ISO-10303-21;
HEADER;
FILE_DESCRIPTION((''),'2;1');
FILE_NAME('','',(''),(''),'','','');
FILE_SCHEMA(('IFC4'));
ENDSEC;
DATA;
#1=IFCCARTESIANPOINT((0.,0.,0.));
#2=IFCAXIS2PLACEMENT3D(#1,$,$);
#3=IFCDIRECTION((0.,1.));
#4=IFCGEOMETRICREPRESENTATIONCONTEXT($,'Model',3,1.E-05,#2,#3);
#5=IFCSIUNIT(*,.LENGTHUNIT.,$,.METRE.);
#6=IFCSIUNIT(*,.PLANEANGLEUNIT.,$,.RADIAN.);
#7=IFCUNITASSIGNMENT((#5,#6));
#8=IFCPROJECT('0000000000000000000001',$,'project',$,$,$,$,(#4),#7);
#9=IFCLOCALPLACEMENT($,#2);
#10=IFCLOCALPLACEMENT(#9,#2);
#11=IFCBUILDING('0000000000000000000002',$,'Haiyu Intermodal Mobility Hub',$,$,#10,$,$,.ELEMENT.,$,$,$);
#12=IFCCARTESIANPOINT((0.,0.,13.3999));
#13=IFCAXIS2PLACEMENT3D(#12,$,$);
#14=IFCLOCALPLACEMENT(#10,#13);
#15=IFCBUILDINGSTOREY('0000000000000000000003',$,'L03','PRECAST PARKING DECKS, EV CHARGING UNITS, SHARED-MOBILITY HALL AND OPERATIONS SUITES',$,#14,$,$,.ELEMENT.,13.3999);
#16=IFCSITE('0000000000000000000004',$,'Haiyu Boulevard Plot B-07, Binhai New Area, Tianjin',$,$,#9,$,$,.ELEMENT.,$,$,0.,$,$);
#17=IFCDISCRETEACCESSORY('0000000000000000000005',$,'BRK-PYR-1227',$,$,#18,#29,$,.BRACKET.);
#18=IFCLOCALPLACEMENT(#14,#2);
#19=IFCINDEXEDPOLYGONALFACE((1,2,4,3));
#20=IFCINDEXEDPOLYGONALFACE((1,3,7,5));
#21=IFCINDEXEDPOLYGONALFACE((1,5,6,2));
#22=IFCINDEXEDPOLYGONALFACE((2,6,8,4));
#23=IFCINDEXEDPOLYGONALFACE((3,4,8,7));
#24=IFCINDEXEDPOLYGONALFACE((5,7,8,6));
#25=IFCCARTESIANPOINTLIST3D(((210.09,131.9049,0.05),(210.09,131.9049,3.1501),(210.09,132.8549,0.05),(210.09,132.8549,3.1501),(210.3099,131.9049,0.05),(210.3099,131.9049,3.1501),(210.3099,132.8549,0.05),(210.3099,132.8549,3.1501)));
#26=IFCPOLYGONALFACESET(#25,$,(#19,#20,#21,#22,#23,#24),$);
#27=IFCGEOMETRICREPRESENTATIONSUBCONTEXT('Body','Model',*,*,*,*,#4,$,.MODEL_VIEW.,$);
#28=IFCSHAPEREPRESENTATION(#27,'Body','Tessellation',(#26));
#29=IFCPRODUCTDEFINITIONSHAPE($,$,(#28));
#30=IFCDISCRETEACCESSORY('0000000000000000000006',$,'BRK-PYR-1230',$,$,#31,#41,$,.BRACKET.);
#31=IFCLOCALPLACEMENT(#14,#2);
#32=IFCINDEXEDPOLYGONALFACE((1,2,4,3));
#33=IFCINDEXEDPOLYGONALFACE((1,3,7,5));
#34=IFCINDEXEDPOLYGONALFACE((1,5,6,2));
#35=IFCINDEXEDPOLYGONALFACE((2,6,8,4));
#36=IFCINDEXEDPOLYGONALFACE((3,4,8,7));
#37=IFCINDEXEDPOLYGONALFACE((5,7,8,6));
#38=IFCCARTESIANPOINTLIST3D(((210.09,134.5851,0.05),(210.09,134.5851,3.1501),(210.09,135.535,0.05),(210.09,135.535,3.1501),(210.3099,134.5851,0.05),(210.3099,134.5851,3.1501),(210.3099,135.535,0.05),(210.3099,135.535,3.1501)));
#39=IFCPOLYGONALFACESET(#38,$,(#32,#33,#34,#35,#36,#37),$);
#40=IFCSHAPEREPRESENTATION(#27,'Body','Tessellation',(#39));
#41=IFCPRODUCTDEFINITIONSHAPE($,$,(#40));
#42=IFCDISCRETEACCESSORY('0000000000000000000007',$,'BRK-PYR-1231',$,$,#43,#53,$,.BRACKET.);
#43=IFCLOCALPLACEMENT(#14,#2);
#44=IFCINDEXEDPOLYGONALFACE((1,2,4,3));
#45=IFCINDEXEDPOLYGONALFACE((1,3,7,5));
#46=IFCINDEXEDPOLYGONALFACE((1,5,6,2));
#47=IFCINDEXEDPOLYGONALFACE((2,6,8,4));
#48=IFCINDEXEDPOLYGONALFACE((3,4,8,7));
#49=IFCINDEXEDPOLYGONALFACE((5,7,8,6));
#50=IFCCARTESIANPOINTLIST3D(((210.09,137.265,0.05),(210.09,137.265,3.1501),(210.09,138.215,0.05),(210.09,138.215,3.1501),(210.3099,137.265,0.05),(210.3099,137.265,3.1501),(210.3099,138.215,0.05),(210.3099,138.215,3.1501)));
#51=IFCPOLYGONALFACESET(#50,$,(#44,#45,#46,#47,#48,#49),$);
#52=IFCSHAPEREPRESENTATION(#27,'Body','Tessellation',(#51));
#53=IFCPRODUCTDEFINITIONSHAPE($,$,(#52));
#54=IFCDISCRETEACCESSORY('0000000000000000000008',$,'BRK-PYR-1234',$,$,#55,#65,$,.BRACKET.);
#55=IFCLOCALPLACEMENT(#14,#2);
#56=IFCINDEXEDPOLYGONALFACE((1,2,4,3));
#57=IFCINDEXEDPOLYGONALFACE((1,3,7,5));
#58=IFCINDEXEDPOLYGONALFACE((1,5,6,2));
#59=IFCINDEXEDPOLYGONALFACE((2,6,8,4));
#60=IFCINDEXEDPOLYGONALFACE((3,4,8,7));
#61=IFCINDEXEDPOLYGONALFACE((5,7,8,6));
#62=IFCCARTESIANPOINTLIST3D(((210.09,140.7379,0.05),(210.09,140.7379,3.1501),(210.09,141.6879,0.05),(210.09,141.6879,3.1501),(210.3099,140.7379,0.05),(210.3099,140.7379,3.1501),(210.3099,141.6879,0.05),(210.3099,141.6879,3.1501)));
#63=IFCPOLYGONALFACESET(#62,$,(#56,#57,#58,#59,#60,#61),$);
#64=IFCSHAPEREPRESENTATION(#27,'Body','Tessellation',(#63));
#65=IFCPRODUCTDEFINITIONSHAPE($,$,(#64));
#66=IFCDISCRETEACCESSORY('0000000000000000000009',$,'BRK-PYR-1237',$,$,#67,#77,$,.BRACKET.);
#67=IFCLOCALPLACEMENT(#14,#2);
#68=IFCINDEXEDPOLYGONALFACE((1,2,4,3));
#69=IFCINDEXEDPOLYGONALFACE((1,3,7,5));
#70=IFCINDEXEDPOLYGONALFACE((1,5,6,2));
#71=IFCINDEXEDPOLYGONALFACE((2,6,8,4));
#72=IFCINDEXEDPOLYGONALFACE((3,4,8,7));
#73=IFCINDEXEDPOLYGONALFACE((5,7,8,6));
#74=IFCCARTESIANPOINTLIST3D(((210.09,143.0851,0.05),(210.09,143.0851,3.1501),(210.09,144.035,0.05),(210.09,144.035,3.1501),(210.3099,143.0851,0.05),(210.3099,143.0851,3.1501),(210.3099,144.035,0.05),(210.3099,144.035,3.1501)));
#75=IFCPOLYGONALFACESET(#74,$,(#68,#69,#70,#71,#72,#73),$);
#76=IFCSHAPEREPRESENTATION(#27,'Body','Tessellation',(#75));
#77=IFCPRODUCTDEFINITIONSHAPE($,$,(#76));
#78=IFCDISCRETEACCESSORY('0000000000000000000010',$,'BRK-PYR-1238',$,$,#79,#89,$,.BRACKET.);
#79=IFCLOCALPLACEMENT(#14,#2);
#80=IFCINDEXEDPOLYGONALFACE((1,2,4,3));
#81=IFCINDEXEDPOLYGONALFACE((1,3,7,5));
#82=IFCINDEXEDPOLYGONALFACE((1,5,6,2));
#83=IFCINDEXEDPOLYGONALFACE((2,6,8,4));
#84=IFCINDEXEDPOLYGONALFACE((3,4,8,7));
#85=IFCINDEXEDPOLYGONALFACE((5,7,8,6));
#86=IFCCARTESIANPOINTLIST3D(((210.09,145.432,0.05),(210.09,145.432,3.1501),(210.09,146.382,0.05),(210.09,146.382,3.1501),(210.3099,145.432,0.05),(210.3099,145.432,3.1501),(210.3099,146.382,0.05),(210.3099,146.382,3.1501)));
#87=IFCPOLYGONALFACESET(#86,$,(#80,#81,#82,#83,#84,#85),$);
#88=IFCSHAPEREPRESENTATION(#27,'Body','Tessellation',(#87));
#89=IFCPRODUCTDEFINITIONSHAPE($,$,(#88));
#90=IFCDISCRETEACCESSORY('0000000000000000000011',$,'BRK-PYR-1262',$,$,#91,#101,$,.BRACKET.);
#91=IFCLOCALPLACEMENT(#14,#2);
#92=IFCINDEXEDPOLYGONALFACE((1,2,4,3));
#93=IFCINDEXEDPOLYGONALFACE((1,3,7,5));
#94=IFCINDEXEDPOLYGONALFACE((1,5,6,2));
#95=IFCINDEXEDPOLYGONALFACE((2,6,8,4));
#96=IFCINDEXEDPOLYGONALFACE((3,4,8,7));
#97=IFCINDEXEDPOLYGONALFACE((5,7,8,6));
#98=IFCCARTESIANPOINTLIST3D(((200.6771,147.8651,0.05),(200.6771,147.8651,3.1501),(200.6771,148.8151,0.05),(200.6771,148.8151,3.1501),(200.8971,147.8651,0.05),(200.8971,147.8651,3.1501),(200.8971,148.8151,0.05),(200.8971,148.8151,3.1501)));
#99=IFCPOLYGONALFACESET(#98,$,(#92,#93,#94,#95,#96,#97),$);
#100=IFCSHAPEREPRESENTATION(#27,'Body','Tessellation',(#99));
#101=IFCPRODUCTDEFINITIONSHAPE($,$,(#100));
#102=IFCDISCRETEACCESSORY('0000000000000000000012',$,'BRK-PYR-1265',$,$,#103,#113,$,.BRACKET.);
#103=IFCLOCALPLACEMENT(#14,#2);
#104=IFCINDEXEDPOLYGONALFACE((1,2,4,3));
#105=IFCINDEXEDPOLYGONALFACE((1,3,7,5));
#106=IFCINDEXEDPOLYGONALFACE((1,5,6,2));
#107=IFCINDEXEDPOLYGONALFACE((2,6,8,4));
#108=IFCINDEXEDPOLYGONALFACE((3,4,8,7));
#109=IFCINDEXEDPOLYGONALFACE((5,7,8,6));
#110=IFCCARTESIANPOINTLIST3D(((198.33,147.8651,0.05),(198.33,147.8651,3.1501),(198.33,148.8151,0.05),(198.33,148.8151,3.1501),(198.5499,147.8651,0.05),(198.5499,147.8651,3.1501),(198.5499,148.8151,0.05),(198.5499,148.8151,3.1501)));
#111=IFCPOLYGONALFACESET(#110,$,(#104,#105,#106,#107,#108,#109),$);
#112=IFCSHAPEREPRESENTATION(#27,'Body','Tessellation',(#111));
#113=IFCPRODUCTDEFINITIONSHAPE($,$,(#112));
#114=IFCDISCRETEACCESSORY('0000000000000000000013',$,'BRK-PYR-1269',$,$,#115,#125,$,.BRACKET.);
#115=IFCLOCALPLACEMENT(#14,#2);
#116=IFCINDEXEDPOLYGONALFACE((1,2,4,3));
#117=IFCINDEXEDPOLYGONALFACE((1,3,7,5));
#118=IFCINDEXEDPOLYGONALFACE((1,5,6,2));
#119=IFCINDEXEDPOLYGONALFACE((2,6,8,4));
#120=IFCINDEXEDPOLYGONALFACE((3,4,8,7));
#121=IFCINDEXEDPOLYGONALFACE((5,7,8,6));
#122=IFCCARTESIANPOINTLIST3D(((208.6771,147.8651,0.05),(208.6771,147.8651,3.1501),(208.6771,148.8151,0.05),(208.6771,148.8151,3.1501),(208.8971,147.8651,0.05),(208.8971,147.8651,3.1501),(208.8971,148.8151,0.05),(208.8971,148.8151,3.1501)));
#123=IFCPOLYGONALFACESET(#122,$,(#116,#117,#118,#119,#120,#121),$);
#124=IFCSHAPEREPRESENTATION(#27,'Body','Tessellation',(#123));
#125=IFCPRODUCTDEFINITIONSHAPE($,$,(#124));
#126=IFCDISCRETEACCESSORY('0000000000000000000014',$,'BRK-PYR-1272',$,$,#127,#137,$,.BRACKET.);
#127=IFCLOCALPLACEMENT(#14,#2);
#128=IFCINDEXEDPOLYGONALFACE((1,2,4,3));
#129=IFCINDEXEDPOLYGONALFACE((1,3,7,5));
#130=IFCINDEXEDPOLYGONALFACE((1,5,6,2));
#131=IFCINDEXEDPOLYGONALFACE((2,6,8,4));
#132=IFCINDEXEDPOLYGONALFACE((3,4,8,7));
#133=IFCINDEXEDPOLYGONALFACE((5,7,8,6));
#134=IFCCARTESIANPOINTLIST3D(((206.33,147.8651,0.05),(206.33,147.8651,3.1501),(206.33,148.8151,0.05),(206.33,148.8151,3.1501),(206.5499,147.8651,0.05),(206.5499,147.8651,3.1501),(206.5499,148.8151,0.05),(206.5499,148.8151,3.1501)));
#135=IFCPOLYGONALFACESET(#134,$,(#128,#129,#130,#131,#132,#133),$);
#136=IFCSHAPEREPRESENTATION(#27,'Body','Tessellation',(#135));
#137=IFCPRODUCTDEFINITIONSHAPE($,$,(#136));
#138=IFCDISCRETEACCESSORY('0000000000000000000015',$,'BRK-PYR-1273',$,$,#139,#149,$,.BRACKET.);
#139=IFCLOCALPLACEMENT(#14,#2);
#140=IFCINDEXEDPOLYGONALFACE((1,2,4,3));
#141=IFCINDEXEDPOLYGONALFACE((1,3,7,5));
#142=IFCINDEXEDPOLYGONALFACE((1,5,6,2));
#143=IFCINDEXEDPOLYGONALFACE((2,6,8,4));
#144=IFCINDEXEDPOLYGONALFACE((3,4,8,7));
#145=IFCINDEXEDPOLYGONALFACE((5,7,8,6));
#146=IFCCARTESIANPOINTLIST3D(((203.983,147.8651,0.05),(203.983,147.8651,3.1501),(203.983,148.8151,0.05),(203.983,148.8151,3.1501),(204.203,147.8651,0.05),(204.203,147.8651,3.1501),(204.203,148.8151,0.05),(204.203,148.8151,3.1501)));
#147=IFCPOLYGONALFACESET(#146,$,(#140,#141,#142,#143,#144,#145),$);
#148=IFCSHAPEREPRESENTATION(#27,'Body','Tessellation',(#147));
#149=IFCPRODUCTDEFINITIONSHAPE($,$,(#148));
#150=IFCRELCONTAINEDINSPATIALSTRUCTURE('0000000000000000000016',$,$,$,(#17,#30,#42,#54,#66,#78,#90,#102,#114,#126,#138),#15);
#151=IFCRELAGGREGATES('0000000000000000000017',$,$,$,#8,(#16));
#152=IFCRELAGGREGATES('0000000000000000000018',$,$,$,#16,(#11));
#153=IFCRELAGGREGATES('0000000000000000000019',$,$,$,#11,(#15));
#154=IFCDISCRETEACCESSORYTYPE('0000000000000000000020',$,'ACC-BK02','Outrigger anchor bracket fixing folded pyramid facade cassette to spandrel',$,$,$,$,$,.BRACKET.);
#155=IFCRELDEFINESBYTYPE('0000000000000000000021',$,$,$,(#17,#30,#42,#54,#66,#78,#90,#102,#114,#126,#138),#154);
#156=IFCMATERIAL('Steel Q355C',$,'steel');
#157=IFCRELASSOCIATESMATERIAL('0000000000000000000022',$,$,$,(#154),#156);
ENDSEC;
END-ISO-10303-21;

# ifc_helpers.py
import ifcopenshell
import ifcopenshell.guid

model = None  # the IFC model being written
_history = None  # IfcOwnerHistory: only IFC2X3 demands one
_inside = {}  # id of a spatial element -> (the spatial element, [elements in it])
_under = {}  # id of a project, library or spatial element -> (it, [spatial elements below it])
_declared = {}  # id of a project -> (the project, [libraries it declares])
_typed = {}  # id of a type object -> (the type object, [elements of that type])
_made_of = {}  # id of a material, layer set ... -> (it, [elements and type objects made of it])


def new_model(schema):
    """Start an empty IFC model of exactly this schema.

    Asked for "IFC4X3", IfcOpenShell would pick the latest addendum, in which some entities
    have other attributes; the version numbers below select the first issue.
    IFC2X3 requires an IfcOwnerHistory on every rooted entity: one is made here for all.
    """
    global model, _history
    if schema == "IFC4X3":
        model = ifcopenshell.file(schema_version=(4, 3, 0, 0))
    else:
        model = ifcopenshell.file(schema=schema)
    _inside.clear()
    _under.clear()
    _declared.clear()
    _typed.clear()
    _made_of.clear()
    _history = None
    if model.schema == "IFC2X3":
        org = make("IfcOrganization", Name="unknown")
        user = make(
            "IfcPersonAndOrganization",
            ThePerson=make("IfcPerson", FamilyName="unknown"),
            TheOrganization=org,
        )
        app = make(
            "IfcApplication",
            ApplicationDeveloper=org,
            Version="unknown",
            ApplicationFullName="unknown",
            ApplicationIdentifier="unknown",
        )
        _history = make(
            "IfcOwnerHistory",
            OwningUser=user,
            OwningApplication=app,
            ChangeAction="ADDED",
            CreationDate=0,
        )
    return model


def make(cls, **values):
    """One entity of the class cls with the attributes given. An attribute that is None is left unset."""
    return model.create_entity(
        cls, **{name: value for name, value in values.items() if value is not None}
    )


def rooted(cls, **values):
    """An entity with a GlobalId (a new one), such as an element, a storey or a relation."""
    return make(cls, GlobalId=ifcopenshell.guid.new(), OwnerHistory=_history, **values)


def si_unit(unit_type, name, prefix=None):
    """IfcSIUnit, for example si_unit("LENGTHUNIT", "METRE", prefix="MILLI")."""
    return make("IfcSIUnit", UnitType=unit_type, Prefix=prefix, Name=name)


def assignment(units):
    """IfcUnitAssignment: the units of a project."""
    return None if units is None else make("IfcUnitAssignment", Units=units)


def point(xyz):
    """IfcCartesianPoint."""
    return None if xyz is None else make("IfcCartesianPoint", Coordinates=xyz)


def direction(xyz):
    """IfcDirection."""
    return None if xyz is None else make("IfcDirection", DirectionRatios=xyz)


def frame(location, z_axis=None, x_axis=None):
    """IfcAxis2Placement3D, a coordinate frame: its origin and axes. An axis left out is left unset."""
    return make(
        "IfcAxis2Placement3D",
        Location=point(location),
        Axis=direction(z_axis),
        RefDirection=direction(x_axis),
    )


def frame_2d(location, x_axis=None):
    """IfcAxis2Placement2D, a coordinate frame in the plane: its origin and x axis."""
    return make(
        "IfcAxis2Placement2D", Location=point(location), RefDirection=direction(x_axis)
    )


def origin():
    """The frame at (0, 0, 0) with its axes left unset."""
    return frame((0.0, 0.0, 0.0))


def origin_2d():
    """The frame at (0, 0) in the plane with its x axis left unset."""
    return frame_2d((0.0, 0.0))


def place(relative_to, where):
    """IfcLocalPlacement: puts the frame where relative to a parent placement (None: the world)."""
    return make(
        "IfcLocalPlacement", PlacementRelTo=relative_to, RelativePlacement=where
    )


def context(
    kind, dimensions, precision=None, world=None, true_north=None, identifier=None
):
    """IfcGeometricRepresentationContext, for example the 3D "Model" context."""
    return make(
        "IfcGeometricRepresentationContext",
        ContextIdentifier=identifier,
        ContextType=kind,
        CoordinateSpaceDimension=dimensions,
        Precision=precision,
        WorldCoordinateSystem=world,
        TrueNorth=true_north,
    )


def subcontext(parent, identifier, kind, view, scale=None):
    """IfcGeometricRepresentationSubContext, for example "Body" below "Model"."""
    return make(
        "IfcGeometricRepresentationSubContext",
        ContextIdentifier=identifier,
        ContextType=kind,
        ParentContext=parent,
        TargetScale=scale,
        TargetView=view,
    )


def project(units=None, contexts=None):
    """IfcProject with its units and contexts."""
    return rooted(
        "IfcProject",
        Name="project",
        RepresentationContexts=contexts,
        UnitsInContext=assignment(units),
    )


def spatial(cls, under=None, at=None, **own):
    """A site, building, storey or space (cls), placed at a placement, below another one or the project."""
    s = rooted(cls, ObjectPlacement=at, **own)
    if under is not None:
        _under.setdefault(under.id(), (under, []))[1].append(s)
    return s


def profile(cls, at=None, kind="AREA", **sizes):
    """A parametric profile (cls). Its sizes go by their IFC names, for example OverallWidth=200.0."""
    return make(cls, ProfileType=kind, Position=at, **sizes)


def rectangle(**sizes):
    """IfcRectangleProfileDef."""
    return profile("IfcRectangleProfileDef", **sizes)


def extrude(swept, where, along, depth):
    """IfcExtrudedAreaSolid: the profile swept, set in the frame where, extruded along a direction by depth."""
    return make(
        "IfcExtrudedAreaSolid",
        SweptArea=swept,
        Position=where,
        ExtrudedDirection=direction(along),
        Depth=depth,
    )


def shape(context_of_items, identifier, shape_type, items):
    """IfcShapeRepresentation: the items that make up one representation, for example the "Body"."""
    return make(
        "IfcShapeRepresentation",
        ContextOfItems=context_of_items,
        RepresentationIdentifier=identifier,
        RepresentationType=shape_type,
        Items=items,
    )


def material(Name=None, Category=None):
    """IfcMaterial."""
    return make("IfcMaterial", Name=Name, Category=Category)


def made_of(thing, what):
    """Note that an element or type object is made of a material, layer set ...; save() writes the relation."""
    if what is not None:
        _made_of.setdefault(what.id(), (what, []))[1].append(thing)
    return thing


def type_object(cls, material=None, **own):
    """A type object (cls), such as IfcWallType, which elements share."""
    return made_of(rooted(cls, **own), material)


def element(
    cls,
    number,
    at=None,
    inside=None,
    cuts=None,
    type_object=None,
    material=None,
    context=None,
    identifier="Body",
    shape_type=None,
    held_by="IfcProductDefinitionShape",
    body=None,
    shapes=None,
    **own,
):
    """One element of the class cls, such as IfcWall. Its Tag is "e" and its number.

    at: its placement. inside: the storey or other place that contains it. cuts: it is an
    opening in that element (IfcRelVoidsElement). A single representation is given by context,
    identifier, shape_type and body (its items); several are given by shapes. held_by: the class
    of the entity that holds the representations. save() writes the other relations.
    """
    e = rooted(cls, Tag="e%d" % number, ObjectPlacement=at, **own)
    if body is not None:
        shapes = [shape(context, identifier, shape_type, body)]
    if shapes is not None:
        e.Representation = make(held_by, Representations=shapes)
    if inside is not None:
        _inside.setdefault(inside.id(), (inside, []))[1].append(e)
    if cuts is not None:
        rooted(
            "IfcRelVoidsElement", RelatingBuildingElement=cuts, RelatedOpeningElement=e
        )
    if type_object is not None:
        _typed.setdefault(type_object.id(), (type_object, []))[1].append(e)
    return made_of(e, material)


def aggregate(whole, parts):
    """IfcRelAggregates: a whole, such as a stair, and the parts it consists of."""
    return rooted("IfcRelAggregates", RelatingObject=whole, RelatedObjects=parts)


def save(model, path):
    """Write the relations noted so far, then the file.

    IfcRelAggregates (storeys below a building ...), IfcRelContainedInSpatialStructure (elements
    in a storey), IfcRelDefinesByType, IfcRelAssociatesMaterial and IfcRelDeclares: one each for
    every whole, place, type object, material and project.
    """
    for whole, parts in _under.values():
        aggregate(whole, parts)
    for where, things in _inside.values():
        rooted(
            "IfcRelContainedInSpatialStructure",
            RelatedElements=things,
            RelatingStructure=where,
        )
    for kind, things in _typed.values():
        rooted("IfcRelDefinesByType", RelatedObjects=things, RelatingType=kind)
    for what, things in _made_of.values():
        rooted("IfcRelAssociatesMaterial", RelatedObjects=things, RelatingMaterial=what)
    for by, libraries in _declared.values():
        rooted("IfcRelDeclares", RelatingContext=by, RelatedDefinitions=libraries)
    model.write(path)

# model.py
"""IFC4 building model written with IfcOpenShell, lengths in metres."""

from ifc_helpers import new_model, si_unit, direction, frame, origin, origin_2d, place, context, subcontext, project, spatial, rectangle, extrude, material, type_object, element, save


model = new_model("IFC4")

# Units and contexts
model_context = context("Model", 3, precision=1e-05, world=origin(), true_north=direction((0.0, 1.0)))
body_context = subcontext(model_context, "Body", "Model", "MODEL_VIEW")
ifc_project = project(units=[si_unit("LENGTHUNIT", "METRE"), si_unit("PLANEANGLEUNIT", "RADIAN")], contexts=[model_context])

# Site, building, storey
site_placement = place(None, origin())
site = spatial("IfcSite", under=ifc_project, at=site_placement, Name="Haiyu Boulevard Plot B-07, Binhai New Area, Tianjin", CompositionType="ELEMENT", RefElevation=0.0)
building_placement = place(site_placement, origin())
building = spatial("IfcBuilding", under=site, at=building_placement, Name="Haiyu Intermodal Mobility Hub", CompositionType="ELEMENT")
storey_placement = place(building_placement, frame((0.0, 0.0, 13.3999)))
storey = spatial("IfcBuildingStorey", under=building, at=storey_placement, Name="L03", Description="PRECAST PARKING DECKS, EV CHARGING UNITS, SHARED-MOBILITY HALL AND OPERATIONS SUITES", CompositionType="ELEMENT", Elevation=13.3999)

# Discrete accessories
ifc_material_1 = material(Name="Steel Q355C", Category="steel")
discrete_accessory_type = type_object("IfcDiscreteAccessoryType", Name="ACC-BK02", Description="Outrigger anchor bracket fixing folded pyramid facade cassette to spandrel", PredefinedType="BRACKET", material=ifc_material_1)
for number, where, z_axis, x_axis, name in (
    (1, (210.2, 132.3799, 0.05), (0.0, 0.0, 1.0), (1.0, 0.0, 0.0), "BRK-PYR-1227"),
    (2, (210.2, 135.0601, 0.05), (0.0, 0.0, 1.0), (1.0, 0.0, 0.0), "BRK-PYR-1230"),
    (3, (210.2, 137.74, 0.05), (0.0, 0.0, 1.0), (1.0, 0.0, 0.0), "BRK-PYR-1231"),
    (4, (210.2, 141.2129, 0.05), (0.0, 0.0, 1.0), (1.0, 0.0, 0.0), "BRK-PYR-1234"),
    (5, (210.2, 143.5601, 0.05), (0.0, 0.0, 1.0), (1.0, 0.0, 0.0), "BRK-PYR-1237"),
    (6, (210.2, 145.907, 0.05), (0.0, 0.0, 1.0), (1.0, 0.0, 0.0), "BRK-PYR-1238"),
    (7, (200.7871, 148.3401, 0.05), (0.0, 0.0, 1.0), (1.0, 0.0, 0.0), "BRK-PYR-1262"),
    (8, (198.4399, 148.3401, 0.05), (0.0, 0.0, 1.0), (1.0, 0.0, 0.0), "BRK-PYR-1265"),
    (9, (208.7871, 148.3401, 0.05), (0.0, 0.0, 1.0), (1.0, 0.0, 0.0), "BRK-PYR-1269"),
    (10, (206.4399, 148.3401, 0.05), (0.0, 0.0, 1.0), (1.0, 0.0, 0.0), "BRK-PYR-1272"),
    (11, (204.093, 148.3401, 0.05), (0.0, 0.0, 1.0), (1.0, 0.0, 0.0), "BRK-PYR-1273"),
):
    element("IfcDiscreteAccessory", number, at=place(storey_placement, frame(where, z_axis=z_axis, x_axis=x_axis)), inside=storey, type_object=discrete_accessory_type, Name=name, PredefinedType="BRACKET", context=body_context, shape_type="SweptSolid", body=[
        extrude(rectangle(XDim=0.22, YDim=0.95, at=origin_2d()), origin(), (0.0, 0.0, 1.0), 3.1001),
    ])

save(model, "model.ifc")
